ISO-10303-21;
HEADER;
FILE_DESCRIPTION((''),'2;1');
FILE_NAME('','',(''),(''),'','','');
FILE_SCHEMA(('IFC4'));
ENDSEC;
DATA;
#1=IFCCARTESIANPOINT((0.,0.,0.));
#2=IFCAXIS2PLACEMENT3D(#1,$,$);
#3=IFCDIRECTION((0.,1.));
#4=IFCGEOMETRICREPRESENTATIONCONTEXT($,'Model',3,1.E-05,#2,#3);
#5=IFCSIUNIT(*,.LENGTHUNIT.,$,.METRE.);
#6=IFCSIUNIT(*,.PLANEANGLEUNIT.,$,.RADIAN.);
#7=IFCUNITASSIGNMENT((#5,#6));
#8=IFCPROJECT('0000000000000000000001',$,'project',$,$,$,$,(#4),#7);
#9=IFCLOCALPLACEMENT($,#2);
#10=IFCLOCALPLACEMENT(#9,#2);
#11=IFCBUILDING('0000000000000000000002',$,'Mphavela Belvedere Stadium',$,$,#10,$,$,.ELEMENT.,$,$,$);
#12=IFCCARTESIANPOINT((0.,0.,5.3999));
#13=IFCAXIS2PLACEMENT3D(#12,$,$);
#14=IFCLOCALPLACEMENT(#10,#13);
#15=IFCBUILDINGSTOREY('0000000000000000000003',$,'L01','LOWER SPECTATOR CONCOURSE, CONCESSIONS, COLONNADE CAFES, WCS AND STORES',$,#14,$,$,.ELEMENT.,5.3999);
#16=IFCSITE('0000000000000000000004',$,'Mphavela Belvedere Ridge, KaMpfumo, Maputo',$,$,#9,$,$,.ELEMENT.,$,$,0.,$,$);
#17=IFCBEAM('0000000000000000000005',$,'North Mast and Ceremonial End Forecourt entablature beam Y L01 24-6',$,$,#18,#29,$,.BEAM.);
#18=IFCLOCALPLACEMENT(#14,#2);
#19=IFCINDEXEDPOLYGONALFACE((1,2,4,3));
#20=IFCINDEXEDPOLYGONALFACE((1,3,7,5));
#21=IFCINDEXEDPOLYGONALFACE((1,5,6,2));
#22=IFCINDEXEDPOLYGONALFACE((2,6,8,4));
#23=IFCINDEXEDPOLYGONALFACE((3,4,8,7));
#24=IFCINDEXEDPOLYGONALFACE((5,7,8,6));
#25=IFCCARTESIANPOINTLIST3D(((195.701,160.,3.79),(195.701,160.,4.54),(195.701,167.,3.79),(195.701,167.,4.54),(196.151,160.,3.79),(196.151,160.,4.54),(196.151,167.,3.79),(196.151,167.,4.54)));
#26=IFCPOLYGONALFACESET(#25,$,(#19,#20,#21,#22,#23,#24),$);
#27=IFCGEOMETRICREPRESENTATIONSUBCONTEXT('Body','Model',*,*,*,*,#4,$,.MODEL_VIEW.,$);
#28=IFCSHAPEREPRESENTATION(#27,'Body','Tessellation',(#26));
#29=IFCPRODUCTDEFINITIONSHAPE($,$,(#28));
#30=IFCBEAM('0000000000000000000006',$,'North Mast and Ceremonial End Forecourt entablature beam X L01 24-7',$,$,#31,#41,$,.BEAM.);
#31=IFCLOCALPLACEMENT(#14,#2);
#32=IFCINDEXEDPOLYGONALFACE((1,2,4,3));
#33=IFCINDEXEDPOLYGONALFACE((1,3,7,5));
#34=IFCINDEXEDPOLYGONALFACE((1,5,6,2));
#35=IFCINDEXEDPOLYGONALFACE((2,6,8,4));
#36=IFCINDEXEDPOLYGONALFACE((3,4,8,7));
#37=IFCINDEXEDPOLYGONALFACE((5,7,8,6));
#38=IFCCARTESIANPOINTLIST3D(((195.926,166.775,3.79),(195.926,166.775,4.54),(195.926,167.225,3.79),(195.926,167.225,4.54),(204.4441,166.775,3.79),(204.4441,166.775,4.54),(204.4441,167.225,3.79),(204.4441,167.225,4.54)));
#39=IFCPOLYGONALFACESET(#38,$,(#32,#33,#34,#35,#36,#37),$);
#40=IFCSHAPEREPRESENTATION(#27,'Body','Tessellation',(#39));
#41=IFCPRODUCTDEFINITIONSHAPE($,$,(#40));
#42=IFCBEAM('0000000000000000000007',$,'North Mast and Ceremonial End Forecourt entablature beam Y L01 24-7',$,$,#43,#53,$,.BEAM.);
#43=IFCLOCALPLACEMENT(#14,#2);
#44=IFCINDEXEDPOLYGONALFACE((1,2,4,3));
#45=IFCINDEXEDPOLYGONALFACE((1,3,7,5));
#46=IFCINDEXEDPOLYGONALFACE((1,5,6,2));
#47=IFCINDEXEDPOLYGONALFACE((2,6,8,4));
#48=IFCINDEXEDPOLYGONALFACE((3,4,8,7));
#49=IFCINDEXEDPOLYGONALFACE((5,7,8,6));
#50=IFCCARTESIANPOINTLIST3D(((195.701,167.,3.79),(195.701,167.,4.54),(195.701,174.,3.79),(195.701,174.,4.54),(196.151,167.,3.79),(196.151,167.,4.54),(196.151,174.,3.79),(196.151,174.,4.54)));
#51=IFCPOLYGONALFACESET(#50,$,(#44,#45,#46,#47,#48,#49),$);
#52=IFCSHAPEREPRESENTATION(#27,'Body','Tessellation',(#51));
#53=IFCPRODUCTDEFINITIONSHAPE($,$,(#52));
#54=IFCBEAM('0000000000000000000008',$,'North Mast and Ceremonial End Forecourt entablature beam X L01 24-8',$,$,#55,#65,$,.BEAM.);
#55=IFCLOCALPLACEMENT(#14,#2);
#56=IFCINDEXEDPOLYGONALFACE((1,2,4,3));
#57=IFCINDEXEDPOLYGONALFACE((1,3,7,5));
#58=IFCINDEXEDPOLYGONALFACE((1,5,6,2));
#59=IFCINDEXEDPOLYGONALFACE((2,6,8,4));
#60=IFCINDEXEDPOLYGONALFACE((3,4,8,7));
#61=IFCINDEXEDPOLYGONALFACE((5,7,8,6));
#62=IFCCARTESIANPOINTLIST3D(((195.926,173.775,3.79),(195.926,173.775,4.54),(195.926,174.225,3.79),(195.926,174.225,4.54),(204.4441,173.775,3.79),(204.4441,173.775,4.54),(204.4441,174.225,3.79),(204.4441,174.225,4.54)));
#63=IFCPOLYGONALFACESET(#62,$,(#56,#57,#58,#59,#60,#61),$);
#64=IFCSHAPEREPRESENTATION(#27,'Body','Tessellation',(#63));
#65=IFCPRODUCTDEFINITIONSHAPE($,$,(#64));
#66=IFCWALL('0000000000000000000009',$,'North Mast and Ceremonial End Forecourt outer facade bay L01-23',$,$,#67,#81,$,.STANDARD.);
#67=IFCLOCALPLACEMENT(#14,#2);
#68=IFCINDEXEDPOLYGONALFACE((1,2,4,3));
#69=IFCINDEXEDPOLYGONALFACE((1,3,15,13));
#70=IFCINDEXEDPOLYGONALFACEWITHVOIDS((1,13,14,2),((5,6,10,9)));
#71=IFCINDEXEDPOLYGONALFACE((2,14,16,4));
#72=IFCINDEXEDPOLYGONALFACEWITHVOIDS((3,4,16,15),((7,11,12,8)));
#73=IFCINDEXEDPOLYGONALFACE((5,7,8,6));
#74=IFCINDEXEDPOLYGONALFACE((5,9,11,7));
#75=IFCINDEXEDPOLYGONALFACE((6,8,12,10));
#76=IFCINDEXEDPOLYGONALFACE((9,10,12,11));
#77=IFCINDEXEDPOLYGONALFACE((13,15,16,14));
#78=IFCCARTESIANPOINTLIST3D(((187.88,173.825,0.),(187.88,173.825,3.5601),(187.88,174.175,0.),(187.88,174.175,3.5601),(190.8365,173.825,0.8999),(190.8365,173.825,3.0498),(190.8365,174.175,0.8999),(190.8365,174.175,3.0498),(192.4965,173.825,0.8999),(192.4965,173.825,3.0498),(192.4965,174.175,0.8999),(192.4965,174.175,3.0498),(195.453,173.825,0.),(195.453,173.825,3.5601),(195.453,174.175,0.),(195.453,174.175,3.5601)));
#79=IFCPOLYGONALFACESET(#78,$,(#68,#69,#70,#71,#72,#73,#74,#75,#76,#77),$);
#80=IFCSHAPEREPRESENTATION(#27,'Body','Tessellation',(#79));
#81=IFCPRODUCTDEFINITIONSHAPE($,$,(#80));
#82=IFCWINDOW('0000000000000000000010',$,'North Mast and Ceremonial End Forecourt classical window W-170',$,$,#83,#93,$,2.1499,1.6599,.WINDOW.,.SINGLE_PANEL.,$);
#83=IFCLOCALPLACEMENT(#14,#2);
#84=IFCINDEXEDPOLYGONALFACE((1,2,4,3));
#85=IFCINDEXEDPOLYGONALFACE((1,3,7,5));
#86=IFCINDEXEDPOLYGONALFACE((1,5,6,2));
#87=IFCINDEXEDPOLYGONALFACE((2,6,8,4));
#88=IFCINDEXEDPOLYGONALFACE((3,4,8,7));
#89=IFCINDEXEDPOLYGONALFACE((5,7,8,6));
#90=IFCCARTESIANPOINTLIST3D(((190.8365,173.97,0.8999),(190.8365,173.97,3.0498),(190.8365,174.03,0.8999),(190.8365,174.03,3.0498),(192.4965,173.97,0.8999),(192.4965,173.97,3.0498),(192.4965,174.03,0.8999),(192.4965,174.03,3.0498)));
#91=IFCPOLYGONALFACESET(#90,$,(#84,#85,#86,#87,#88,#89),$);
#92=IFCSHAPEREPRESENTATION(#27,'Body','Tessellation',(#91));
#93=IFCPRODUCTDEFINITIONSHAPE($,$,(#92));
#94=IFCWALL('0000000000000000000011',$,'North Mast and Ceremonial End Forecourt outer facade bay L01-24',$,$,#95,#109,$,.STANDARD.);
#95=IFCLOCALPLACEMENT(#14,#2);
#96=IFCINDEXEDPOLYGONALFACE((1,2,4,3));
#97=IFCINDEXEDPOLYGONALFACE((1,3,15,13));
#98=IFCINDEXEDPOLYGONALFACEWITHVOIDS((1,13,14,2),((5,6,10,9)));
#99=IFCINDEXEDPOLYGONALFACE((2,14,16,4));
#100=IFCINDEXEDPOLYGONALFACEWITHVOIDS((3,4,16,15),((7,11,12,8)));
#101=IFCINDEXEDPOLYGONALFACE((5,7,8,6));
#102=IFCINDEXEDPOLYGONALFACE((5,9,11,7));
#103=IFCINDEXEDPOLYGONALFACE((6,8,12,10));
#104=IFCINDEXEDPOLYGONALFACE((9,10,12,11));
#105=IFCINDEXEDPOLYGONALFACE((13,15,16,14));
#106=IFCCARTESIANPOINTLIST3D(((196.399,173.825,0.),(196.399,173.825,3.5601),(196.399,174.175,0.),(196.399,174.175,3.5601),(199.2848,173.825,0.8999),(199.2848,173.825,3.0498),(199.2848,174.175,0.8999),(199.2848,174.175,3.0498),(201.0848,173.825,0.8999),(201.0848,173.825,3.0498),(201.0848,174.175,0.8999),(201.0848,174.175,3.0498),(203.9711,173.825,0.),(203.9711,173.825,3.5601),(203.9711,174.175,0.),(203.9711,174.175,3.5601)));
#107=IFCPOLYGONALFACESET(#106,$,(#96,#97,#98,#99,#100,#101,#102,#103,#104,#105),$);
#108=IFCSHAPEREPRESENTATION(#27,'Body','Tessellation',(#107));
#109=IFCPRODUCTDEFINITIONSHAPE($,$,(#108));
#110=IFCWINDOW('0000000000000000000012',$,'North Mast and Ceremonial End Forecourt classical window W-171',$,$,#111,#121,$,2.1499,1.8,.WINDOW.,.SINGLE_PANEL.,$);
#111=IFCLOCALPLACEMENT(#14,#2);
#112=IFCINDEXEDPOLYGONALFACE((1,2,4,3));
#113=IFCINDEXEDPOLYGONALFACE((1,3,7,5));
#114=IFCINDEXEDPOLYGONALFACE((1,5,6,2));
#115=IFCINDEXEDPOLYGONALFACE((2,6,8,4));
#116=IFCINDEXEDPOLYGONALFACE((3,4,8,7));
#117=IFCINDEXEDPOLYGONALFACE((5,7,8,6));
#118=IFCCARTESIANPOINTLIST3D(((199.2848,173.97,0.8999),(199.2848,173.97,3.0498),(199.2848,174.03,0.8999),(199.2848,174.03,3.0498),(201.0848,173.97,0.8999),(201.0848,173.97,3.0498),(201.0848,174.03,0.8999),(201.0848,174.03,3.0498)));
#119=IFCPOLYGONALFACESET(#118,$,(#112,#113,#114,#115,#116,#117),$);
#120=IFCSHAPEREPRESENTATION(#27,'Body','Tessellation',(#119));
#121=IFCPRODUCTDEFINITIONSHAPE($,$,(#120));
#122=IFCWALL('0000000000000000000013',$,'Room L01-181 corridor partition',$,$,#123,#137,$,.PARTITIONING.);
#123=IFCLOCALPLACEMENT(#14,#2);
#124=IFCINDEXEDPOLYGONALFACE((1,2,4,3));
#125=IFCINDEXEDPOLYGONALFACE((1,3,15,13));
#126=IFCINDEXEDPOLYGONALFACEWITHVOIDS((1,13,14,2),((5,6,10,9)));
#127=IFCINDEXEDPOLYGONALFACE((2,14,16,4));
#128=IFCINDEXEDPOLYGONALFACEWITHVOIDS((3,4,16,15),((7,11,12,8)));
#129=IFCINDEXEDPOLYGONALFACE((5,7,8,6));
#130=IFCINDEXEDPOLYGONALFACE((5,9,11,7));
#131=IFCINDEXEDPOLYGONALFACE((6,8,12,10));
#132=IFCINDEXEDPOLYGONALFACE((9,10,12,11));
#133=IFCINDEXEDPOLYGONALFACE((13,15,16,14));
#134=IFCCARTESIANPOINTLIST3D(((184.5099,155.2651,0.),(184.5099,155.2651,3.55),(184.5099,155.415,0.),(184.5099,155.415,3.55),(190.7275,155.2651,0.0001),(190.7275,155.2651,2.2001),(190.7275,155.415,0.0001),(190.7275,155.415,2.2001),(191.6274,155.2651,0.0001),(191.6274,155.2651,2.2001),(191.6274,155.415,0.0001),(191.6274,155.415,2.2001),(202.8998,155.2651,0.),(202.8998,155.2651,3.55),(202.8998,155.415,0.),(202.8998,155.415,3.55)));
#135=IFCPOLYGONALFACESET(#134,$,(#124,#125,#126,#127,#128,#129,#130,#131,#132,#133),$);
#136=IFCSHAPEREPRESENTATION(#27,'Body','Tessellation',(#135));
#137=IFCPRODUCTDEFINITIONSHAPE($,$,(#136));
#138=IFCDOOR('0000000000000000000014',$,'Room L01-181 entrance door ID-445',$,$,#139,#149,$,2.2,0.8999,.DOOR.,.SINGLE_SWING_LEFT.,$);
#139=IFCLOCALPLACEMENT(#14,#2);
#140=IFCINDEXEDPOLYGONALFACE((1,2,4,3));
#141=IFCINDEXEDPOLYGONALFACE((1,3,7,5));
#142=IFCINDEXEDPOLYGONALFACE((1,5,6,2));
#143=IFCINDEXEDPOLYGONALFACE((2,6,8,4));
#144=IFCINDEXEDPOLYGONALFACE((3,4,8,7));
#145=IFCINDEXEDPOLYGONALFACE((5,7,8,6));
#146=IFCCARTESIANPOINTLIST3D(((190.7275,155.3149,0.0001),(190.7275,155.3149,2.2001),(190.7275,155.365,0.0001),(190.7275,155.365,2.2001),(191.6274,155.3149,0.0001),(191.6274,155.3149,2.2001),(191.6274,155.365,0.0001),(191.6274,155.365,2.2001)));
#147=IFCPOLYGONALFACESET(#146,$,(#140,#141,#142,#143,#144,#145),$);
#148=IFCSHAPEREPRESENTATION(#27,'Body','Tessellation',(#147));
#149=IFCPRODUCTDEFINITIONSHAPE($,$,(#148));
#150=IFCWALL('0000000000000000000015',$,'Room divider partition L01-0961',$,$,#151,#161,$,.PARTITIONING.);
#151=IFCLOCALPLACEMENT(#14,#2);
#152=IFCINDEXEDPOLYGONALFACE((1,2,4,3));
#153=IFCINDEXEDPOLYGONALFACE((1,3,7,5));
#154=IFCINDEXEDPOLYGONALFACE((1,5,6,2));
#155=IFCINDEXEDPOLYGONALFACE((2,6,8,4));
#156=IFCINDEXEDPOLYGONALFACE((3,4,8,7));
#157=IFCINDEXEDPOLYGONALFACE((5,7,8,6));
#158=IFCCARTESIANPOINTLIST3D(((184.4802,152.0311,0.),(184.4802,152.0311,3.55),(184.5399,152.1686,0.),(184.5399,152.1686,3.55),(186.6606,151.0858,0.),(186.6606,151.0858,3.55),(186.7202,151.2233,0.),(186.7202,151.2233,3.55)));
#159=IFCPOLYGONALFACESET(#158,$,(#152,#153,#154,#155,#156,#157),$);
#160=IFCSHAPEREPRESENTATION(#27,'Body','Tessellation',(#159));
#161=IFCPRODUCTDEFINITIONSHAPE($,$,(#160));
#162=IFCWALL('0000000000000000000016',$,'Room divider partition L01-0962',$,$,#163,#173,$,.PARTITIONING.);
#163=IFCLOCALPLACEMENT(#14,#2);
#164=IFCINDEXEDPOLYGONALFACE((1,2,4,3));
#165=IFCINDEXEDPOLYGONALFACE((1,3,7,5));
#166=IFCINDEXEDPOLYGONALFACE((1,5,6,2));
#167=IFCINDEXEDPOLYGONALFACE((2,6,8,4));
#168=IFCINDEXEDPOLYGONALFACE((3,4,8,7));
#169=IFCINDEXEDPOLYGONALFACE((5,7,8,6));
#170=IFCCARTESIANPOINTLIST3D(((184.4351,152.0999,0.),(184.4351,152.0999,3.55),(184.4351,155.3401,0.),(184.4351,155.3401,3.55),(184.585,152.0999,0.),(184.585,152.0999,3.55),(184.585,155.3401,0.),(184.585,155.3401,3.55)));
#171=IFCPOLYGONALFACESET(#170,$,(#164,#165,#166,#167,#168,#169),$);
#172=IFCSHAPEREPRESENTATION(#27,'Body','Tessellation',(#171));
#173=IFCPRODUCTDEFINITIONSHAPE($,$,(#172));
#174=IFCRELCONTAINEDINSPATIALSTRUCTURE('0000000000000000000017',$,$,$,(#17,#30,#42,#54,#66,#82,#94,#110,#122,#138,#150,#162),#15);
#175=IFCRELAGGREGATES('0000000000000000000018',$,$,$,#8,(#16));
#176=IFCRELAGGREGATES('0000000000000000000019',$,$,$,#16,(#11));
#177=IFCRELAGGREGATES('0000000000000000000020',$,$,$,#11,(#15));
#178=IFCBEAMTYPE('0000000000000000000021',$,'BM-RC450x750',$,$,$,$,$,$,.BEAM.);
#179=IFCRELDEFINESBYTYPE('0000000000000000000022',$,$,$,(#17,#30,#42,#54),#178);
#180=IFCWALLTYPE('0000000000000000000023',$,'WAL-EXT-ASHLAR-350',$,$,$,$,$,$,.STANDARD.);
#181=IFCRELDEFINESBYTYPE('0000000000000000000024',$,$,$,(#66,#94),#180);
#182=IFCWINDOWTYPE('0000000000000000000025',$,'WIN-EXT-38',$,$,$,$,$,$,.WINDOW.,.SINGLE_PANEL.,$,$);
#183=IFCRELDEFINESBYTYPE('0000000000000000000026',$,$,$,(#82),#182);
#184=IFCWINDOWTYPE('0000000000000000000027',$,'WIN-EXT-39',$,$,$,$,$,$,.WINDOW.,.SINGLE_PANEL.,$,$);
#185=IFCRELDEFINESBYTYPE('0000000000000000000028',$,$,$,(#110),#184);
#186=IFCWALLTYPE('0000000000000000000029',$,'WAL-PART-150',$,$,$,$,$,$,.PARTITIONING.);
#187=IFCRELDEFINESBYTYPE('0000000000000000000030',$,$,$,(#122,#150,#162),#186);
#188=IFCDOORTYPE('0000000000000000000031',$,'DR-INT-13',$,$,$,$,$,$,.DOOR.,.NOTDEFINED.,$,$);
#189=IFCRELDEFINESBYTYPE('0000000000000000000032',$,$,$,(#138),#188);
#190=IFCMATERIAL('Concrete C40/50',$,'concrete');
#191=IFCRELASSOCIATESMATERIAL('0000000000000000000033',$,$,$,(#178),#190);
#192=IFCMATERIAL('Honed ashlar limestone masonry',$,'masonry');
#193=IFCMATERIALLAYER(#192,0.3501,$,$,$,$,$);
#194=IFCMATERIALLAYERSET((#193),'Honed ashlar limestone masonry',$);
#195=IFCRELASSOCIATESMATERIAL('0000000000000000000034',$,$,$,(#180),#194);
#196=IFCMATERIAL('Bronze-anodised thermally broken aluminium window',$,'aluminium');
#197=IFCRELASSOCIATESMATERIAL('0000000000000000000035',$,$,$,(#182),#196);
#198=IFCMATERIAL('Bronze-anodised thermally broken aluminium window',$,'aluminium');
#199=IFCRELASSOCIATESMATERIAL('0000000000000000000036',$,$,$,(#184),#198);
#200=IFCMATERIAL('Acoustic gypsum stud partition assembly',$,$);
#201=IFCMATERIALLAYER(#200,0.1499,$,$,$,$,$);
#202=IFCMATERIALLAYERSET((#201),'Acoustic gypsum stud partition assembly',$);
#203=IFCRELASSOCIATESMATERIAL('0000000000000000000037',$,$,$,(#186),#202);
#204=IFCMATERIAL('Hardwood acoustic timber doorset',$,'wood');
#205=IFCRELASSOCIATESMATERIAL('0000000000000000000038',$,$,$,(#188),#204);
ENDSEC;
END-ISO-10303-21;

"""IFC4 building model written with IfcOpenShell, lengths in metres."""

from ifc_helpers import new_model, si_unit, direction, frame, frame_2d, origin, origin_2d, place, context, subcontext, project, spatial, rectangle, extrude, material, layer, layer_set, material_profile, profile_set, type_object, element, fill, save


model = new_model("IFC4")

# Units and contexts
model_context = context("Model", 3, precision=1e-05, world=origin(), true_north=direction((0.0, 1.0)))
body_context = subcontext(model_context, "Body", "Model", "MODEL_VIEW")
ifc_project = project(units=[si_unit("LENGTHUNIT", "METRE"), si_unit("PLANEANGLEUNIT", "RADIAN")], contexts=[model_context])

# Site, building, storey
site_placement = place(None, origin())
site = spatial("IfcSite", under=ifc_project, at=site_placement, Name="Mphavela Belvedere Ridge, KaMpfumo, Maputo", CompositionType="ELEMENT", RefElevation=0.0)
building_placement = place(site_placement, origin())
building = spatial("IfcBuilding", under=site, at=building_placement, Name="Mphavela Belvedere Stadium", CompositionType="ELEMENT")
storey_placement = place(building_placement, frame((0.0, 0.0, 5.3999)))
storey = spatial("IfcBuildingStorey", under=building, at=storey_placement, Name="L01", Description="LOWER SPECTATOR CONCOURSE, CONCESSIONS, COLONNADE CAFES, WCS AND STORES", CompositionType="ELEMENT", Elevation=5.3999)

# Beams
ifc_material_1 = material(Name="Concrete C40/50", Category="concrete")
ifc_material_profile_1 = material_profile(ifc_material_1, rectangle(XDim=0.45, YDim=0.75, at=origin_2d()), Name="RC 450x750")
ifc_profile_set_1 = profile_set([ifc_material_profile_1], Name="Concrete C40/50")
beam_type_1 = type_object("IfcBeamType", Name="BM-RC450x750", PredefinedType="BEAM", material=ifc_profile_set_1)
beam_1_placement = place(storey_placement, frame((195.926, 160.0, 4.165), z_axis=(0.0, 1.0, 0.0), x_axis=(-1.0, 0.0, 0.0)))
element("IfcBeam", 1, at=beam_1_placement, inside=storey, type_object=beam_type_1, Name="North Mast and Ceremonial End Forecourt entablature beam Y L01 24-6", PredefinedType="BEAM", context=body_context, shape_type="SweptSolid", body=[
    extrude(rectangle(XDim=0.45, YDim=0.75, at=origin_2d()), origin(), (0.0, 0.0, 1.0), 7.0),
])
beam_2_placement = place(storey_placement, frame((195.926, 167.0, 4.165), z_axis=(1.0, 0.0, 0.0), x_axis=(0.0, 1.0, 0.0)))
element("IfcBeam", 2, at=beam_2_placement, inside=storey, type_object=beam_type_1, Name="North Mast and Ceremonial End Forecourt entablature beam X L01 24-7", PredefinedType="BEAM", context=body_context, shape_type="SweptSolid", body=[
    extrude(rectangle(XDim=0.45, YDim=0.75, at=origin_2d()), origin(), (0.0, 0.0, 1.0), 8.5181),
])
beam_3_placement = place(storey_placement, frame((195.926, 167.0, 4.165), z_axis=(0.0, 1.0, 0.0), x_axis=(-1.0, 0.0, 0.0)))
element("IfcBeam", 3, at=beam_3_placement, inside=storey, type_object=beam_type_1, Name="North Mast and Ceremonial End Forecourt entablature beam Y L01 24-7", PredefinedType="BEAM", context=body_context, shape_type="SweptSolid", body=[
    extrude(rectangle(XDim=0.45, YDim=0.75, at=origin_2d()), origin(), (0.0, 0.0, 1.0), 7.0),
])
beam_4_placement = place(storey_placement, frame((195.926, 174.0, 4.165), z_axis=(1.0, 0.0, 0.0), x_axis=(0.0, 1.0, 0.0)))
element("IfcBeam", 4, at=beam_4_placement, inside=storey, type_object=beam_type_1, Name="North Mast and Ceremonial End Forecourt entablature beam X L01 24-8", PredefinedType="BEAM", context=body_context, shape_type="SweptSolid", body=[
    extrude(rectangle(XDim=0.45, YDim=0.75, at=origin_2d()), origin(), (0.0, 0.0, 1.0), 8.5181),
])

# Walls, openings, windows
ifc_material_2 = material(Name="Honed ashlar limestone masonry", Category="masonry")
ifc_layer_1 = layer(ifc_material_2, 0.3501)
ifc_layer_set_1 = layer_set([ifc_layer_1], Name="Honed ashlar limestone masonry")
wall_type_1 = type_object("IfcWallType", Name="WAL-EXT-ASHLAR-350", PredefinedType="STANDARD", material=ifc_layer_set_1)
wall_1_placement = place(storey_placement, frame((187.8799, 174.0, 0.0), z_axis=(0.0, 0.0, 1.0), x_axis=(1.0, 0.0, 0.0)))
wall_1 = element("IfcWall", 5, at=wall_1_placement, inside=storey, type_object=wall_type_1, Name="North Mast and Ceremonial End Forecourt outer facade bay L01-23", PredefinedType="STANDARD", context=body_context, shape_type="SweptSolid", body=[
    extrude(rectangle(XDim=7.573, YDim=0.3501, at=frame_2d((3.7866, 0.0))), origin(), (0.0, 0.0, 1.0), 3.5601),
])
opening_1_placement = place(wall_1_placement, frame((2.9565, 0.0, 0.8999)))
opening_1 = element("IfcOpeningElement", 6, at=opening_1_placement, cuts=wall_1, PredefinedType="OPENING", context=body_context, shape_type="SweptSolid", body=[
    extrude(rectangle(XDim=1.6599, YDim=2.1499, at=frame_2d((0.8301, 1.075))), frame((0.0, 0.1851, 0.0), z_axis=(0.0, -1.0, 0.0), x_axis=(1.0, 0.0, 0.0)), (0.0, 0.0, 1.0), 0.3701),
])
ifc_material_3 = material(Name="Bronze-anodised thermally broken aluminium window", Category="aluminium")
window_type_1 = type_object("IfcWindowType", Name="WIN-EXT-38", PartitioningType="SINGLE_PANEL", PredefinedType="WINDOW", material=ifc_material_3)
window_1_placement = place(opening_1_placement, origin())
window_1 = element("IfcWindow", 7, at=window_1_placement, inside=storey, type_object=window_type_1, Name="North Mast and Ceremonial End Forecourt classical window W-170", OverallHeight=2.1499, OverallWidth=1.6599, PartitioningType="SINGLE_PANEL", PredefinedType="WINDOW", context=body_context, shape_type="SweptSolid", body=[
    extrude(rectangle(XDim=1.6599, YDim=2.1499, at=frame_2d((0.8301, 1.075))), frame((0.0, 0.03, 0.0), z_axis=(0.0, -1.0, 0.0), x_axis=(1.0, 0.0, 0.0)), (0.0, 0.0, 1.0), 0.0601),
])
fill(opening_1, window_1)
wall_2_placement = place(storey_placement, frame((196.3989, 174.0, 0.0), z_axis=(0.0, 0.0, 1.0), x_axis=(1.0, 0.0, 0.0)))
wall_2 = element("IfcWall", 8, at=wall_2_placement, inside=storey, type_object=wall_type_1, Name="North Mast and Ceremonial End Forecourt outer facade bay L01-24", PredefinedType="STANDARD", context=body_context, shape_type="SweptSolid", body=[
    extrude(rectangle(XDim=7.572, YDim=0.3501, at=frame_2d((3.7861, 0.0))), origin(), (0.0, 0.0, 1.0), 3.5601),
])
opening_2_placement = place(wall_2_placement, frame((2.886, 0.0, 0.8999)))
opening_2 = element("IfcOpeningElement", 9, at=opening_2_placement, cuts=wall_2, PredefinedType="OPENING", context=body_context, shape_type="SweptSolid", body=[
    extrude(rectangle(XDim=1.8, YDim=2.1499, at=frame_2d((0.8999, 1.075))), frame((0.0, 0.1851, 0.0), z_axis=(0.0, -1.0, 0.0), x_axis=(1.0, 0.0, 0.0)), (0.0, 0.0, 1.0), 0.3701),
])
ifc_material_4 = material(Name="Bronze-anodised thermally broken aluminium window", Category="aluminium")
window_type_2 = type_object("IfcWindowType", Name="WIN-EXT-39", PartitioningType="SINGLE_PANEL", PredefinedType="WINDOW", material=ifc_material_4)
window_2_placement = place(opening_2_placement, origin())
window_2 = element("IfcWindow", 10, at=window_2_placement, inside=storey, type_object=window_type_2, Name="North Mast and Ceremonial End Forecourt classical window W-171", OverallHeight=2.1499, OverallWidth=1.8, PartitioningType="SINGLE_PANEL", PredefinedType="WINDOW", context=body_context, shape_type="SweptSolid", body=[
    extrude(rectangle(XDim=1.8, YDim=2.1499, at=frame_2d((0.8999, 1.075))), frame((0.0, 0.03, 0.0), z_axis=(0.0, -1.0, 0.0), x_axis=(1.0, 0.0, 0.0)), (0.0, 0.0, 1.0), 0.0601),
])
fill(opening_2, window_2)

# Wall, opening, door
ifc_material_5 = material(Name="Acoustic gypsum stud partition assembly")
ifc_layer_2 = layer(ifc_material_5, 0.1499)
ifc_layer_set_2 = layer_set([ifc_layer_2], Name="Acoustic gypsum stud partition assembly")
wall_type_2 = type_object("IfcWallType", Name="WAL-PART-150", PredefinedType="PARTITIONING", material=ifc_layer_set_2)
wall_3_placement = place(storey_placement, frame((184.51, 155.3401, 0.0), z_axis=(0.0, 0.0, 1.0), x_axis=(1.0, 0.0, 0.0)))
wall_3 = element("IfcWall", 11, at=wall_3_placement, inside=storey, type_object=wall_type_2, Name="Room L01-181 corridor partition", PredefinedType="PARTITIONING", context=body_context, shape_type="SweptSolid", body=[
    extrude(rectangle(XDim=18.3899, YDim=0.1499, at=frame_2d((9.1948, 0.0))), origin(), (0.0, 0.0, 1.0), 3.55),
])
opening_3_placement = place(wall_3_placement, frame((6.2175, 0.0, 0.0)))
opening_3 = element("IfcOpeningElement", 12, at=opening_3_placement, cuts=wall_3, PredefinedType="OPENING", context=body_context, shape_type="SweptSolid", body=[
    extrude(rectangle(XDim=0.8999, YDim=2.2, at=frame_2d((0.45, 1.1001))), frame((0.0, 0.085, 0.0), z_axis=(0.0, -1.0, 0.0), x_axis=(1.0, 0.0, 0.0)), (0.0, 0.0, 1.0), 0.1699),
])
ifc_material_6 = material(Name="Hardwood acoustic timber doorset", Category="wood")
door_type = type_object("IfcDoorType", Name="DR-INT-13", OperationType="NOTDEFINED", PredefinedType="DOOR", material=ifc_material_6)
door_placement = place(opening_3_placement, origin())
door = element("IfcDoor", 13, at=door_placement, inside=storey, type_object=door_type, Name="Room L01-181 entrance door ID-445", OperationType="SINGLE_SWING_LEFT", OverallHeight=2.2, OverallWidth=0.8999, PredefinedType="DOOR", context=body_context, shape_type="SweptSolid", body=[
    extrude(rectangle(XDim=0.8999, YDim=2.2, at=frame_2d((0.45, 1.1001))), frame((0.0, 0.0249, 0.0), z_axis=(0.0, -1.0, 0.0), x_axis=(1.0, 0.0, 0.0)), (0.0, 0.0, 1.0), 0.05),
])
fill(opening_3, door)

# Walls
wall_4_placement = place(storey_placement, frame((186.6904, 151.1545, 0.0), z_axis=(0.0, 0.0, 1.0), x_axis=(-0.917484, 0.397772, 0.0)))
element("IfcWall", 14, at=wall_4_placement, inside=storey, type_object=wall_type_2, Name="Room divider partition L01-0961", PredefinedType="PARTITIONING", context=body_context, shape_type="SweptSolid", body=[
    extrude(rectangle(XDim=2.3765, YDim=0.1499, at=frame_2d((1.1882, 0.0))), origin(), (0.0, 0.0, 1.0), 3.55),
])
wall_5_placement = place(storey_placement, frame((184.51, 152.0999, 0.0), z_axis=(0.0, 0.0, 1.0), x_axis=(0.0, 1.0, 0.0)))
element("IfcWall", 15, at=wall_5_placement, inside=storey, type_object=wall_type_2, Name="Room divider partition L01-0962", PredefinedType="PARTITIONING", context=body_context, shape_type="SweptSolid", body=[
    extrude(rectangle(XDim=3.2402, YDim=0.1499, at=frame_2d((1.6201, 0.0))), origin(), (0.0, 0.0, 1.0), 3.55),
])

save(model, "model.ifc")
